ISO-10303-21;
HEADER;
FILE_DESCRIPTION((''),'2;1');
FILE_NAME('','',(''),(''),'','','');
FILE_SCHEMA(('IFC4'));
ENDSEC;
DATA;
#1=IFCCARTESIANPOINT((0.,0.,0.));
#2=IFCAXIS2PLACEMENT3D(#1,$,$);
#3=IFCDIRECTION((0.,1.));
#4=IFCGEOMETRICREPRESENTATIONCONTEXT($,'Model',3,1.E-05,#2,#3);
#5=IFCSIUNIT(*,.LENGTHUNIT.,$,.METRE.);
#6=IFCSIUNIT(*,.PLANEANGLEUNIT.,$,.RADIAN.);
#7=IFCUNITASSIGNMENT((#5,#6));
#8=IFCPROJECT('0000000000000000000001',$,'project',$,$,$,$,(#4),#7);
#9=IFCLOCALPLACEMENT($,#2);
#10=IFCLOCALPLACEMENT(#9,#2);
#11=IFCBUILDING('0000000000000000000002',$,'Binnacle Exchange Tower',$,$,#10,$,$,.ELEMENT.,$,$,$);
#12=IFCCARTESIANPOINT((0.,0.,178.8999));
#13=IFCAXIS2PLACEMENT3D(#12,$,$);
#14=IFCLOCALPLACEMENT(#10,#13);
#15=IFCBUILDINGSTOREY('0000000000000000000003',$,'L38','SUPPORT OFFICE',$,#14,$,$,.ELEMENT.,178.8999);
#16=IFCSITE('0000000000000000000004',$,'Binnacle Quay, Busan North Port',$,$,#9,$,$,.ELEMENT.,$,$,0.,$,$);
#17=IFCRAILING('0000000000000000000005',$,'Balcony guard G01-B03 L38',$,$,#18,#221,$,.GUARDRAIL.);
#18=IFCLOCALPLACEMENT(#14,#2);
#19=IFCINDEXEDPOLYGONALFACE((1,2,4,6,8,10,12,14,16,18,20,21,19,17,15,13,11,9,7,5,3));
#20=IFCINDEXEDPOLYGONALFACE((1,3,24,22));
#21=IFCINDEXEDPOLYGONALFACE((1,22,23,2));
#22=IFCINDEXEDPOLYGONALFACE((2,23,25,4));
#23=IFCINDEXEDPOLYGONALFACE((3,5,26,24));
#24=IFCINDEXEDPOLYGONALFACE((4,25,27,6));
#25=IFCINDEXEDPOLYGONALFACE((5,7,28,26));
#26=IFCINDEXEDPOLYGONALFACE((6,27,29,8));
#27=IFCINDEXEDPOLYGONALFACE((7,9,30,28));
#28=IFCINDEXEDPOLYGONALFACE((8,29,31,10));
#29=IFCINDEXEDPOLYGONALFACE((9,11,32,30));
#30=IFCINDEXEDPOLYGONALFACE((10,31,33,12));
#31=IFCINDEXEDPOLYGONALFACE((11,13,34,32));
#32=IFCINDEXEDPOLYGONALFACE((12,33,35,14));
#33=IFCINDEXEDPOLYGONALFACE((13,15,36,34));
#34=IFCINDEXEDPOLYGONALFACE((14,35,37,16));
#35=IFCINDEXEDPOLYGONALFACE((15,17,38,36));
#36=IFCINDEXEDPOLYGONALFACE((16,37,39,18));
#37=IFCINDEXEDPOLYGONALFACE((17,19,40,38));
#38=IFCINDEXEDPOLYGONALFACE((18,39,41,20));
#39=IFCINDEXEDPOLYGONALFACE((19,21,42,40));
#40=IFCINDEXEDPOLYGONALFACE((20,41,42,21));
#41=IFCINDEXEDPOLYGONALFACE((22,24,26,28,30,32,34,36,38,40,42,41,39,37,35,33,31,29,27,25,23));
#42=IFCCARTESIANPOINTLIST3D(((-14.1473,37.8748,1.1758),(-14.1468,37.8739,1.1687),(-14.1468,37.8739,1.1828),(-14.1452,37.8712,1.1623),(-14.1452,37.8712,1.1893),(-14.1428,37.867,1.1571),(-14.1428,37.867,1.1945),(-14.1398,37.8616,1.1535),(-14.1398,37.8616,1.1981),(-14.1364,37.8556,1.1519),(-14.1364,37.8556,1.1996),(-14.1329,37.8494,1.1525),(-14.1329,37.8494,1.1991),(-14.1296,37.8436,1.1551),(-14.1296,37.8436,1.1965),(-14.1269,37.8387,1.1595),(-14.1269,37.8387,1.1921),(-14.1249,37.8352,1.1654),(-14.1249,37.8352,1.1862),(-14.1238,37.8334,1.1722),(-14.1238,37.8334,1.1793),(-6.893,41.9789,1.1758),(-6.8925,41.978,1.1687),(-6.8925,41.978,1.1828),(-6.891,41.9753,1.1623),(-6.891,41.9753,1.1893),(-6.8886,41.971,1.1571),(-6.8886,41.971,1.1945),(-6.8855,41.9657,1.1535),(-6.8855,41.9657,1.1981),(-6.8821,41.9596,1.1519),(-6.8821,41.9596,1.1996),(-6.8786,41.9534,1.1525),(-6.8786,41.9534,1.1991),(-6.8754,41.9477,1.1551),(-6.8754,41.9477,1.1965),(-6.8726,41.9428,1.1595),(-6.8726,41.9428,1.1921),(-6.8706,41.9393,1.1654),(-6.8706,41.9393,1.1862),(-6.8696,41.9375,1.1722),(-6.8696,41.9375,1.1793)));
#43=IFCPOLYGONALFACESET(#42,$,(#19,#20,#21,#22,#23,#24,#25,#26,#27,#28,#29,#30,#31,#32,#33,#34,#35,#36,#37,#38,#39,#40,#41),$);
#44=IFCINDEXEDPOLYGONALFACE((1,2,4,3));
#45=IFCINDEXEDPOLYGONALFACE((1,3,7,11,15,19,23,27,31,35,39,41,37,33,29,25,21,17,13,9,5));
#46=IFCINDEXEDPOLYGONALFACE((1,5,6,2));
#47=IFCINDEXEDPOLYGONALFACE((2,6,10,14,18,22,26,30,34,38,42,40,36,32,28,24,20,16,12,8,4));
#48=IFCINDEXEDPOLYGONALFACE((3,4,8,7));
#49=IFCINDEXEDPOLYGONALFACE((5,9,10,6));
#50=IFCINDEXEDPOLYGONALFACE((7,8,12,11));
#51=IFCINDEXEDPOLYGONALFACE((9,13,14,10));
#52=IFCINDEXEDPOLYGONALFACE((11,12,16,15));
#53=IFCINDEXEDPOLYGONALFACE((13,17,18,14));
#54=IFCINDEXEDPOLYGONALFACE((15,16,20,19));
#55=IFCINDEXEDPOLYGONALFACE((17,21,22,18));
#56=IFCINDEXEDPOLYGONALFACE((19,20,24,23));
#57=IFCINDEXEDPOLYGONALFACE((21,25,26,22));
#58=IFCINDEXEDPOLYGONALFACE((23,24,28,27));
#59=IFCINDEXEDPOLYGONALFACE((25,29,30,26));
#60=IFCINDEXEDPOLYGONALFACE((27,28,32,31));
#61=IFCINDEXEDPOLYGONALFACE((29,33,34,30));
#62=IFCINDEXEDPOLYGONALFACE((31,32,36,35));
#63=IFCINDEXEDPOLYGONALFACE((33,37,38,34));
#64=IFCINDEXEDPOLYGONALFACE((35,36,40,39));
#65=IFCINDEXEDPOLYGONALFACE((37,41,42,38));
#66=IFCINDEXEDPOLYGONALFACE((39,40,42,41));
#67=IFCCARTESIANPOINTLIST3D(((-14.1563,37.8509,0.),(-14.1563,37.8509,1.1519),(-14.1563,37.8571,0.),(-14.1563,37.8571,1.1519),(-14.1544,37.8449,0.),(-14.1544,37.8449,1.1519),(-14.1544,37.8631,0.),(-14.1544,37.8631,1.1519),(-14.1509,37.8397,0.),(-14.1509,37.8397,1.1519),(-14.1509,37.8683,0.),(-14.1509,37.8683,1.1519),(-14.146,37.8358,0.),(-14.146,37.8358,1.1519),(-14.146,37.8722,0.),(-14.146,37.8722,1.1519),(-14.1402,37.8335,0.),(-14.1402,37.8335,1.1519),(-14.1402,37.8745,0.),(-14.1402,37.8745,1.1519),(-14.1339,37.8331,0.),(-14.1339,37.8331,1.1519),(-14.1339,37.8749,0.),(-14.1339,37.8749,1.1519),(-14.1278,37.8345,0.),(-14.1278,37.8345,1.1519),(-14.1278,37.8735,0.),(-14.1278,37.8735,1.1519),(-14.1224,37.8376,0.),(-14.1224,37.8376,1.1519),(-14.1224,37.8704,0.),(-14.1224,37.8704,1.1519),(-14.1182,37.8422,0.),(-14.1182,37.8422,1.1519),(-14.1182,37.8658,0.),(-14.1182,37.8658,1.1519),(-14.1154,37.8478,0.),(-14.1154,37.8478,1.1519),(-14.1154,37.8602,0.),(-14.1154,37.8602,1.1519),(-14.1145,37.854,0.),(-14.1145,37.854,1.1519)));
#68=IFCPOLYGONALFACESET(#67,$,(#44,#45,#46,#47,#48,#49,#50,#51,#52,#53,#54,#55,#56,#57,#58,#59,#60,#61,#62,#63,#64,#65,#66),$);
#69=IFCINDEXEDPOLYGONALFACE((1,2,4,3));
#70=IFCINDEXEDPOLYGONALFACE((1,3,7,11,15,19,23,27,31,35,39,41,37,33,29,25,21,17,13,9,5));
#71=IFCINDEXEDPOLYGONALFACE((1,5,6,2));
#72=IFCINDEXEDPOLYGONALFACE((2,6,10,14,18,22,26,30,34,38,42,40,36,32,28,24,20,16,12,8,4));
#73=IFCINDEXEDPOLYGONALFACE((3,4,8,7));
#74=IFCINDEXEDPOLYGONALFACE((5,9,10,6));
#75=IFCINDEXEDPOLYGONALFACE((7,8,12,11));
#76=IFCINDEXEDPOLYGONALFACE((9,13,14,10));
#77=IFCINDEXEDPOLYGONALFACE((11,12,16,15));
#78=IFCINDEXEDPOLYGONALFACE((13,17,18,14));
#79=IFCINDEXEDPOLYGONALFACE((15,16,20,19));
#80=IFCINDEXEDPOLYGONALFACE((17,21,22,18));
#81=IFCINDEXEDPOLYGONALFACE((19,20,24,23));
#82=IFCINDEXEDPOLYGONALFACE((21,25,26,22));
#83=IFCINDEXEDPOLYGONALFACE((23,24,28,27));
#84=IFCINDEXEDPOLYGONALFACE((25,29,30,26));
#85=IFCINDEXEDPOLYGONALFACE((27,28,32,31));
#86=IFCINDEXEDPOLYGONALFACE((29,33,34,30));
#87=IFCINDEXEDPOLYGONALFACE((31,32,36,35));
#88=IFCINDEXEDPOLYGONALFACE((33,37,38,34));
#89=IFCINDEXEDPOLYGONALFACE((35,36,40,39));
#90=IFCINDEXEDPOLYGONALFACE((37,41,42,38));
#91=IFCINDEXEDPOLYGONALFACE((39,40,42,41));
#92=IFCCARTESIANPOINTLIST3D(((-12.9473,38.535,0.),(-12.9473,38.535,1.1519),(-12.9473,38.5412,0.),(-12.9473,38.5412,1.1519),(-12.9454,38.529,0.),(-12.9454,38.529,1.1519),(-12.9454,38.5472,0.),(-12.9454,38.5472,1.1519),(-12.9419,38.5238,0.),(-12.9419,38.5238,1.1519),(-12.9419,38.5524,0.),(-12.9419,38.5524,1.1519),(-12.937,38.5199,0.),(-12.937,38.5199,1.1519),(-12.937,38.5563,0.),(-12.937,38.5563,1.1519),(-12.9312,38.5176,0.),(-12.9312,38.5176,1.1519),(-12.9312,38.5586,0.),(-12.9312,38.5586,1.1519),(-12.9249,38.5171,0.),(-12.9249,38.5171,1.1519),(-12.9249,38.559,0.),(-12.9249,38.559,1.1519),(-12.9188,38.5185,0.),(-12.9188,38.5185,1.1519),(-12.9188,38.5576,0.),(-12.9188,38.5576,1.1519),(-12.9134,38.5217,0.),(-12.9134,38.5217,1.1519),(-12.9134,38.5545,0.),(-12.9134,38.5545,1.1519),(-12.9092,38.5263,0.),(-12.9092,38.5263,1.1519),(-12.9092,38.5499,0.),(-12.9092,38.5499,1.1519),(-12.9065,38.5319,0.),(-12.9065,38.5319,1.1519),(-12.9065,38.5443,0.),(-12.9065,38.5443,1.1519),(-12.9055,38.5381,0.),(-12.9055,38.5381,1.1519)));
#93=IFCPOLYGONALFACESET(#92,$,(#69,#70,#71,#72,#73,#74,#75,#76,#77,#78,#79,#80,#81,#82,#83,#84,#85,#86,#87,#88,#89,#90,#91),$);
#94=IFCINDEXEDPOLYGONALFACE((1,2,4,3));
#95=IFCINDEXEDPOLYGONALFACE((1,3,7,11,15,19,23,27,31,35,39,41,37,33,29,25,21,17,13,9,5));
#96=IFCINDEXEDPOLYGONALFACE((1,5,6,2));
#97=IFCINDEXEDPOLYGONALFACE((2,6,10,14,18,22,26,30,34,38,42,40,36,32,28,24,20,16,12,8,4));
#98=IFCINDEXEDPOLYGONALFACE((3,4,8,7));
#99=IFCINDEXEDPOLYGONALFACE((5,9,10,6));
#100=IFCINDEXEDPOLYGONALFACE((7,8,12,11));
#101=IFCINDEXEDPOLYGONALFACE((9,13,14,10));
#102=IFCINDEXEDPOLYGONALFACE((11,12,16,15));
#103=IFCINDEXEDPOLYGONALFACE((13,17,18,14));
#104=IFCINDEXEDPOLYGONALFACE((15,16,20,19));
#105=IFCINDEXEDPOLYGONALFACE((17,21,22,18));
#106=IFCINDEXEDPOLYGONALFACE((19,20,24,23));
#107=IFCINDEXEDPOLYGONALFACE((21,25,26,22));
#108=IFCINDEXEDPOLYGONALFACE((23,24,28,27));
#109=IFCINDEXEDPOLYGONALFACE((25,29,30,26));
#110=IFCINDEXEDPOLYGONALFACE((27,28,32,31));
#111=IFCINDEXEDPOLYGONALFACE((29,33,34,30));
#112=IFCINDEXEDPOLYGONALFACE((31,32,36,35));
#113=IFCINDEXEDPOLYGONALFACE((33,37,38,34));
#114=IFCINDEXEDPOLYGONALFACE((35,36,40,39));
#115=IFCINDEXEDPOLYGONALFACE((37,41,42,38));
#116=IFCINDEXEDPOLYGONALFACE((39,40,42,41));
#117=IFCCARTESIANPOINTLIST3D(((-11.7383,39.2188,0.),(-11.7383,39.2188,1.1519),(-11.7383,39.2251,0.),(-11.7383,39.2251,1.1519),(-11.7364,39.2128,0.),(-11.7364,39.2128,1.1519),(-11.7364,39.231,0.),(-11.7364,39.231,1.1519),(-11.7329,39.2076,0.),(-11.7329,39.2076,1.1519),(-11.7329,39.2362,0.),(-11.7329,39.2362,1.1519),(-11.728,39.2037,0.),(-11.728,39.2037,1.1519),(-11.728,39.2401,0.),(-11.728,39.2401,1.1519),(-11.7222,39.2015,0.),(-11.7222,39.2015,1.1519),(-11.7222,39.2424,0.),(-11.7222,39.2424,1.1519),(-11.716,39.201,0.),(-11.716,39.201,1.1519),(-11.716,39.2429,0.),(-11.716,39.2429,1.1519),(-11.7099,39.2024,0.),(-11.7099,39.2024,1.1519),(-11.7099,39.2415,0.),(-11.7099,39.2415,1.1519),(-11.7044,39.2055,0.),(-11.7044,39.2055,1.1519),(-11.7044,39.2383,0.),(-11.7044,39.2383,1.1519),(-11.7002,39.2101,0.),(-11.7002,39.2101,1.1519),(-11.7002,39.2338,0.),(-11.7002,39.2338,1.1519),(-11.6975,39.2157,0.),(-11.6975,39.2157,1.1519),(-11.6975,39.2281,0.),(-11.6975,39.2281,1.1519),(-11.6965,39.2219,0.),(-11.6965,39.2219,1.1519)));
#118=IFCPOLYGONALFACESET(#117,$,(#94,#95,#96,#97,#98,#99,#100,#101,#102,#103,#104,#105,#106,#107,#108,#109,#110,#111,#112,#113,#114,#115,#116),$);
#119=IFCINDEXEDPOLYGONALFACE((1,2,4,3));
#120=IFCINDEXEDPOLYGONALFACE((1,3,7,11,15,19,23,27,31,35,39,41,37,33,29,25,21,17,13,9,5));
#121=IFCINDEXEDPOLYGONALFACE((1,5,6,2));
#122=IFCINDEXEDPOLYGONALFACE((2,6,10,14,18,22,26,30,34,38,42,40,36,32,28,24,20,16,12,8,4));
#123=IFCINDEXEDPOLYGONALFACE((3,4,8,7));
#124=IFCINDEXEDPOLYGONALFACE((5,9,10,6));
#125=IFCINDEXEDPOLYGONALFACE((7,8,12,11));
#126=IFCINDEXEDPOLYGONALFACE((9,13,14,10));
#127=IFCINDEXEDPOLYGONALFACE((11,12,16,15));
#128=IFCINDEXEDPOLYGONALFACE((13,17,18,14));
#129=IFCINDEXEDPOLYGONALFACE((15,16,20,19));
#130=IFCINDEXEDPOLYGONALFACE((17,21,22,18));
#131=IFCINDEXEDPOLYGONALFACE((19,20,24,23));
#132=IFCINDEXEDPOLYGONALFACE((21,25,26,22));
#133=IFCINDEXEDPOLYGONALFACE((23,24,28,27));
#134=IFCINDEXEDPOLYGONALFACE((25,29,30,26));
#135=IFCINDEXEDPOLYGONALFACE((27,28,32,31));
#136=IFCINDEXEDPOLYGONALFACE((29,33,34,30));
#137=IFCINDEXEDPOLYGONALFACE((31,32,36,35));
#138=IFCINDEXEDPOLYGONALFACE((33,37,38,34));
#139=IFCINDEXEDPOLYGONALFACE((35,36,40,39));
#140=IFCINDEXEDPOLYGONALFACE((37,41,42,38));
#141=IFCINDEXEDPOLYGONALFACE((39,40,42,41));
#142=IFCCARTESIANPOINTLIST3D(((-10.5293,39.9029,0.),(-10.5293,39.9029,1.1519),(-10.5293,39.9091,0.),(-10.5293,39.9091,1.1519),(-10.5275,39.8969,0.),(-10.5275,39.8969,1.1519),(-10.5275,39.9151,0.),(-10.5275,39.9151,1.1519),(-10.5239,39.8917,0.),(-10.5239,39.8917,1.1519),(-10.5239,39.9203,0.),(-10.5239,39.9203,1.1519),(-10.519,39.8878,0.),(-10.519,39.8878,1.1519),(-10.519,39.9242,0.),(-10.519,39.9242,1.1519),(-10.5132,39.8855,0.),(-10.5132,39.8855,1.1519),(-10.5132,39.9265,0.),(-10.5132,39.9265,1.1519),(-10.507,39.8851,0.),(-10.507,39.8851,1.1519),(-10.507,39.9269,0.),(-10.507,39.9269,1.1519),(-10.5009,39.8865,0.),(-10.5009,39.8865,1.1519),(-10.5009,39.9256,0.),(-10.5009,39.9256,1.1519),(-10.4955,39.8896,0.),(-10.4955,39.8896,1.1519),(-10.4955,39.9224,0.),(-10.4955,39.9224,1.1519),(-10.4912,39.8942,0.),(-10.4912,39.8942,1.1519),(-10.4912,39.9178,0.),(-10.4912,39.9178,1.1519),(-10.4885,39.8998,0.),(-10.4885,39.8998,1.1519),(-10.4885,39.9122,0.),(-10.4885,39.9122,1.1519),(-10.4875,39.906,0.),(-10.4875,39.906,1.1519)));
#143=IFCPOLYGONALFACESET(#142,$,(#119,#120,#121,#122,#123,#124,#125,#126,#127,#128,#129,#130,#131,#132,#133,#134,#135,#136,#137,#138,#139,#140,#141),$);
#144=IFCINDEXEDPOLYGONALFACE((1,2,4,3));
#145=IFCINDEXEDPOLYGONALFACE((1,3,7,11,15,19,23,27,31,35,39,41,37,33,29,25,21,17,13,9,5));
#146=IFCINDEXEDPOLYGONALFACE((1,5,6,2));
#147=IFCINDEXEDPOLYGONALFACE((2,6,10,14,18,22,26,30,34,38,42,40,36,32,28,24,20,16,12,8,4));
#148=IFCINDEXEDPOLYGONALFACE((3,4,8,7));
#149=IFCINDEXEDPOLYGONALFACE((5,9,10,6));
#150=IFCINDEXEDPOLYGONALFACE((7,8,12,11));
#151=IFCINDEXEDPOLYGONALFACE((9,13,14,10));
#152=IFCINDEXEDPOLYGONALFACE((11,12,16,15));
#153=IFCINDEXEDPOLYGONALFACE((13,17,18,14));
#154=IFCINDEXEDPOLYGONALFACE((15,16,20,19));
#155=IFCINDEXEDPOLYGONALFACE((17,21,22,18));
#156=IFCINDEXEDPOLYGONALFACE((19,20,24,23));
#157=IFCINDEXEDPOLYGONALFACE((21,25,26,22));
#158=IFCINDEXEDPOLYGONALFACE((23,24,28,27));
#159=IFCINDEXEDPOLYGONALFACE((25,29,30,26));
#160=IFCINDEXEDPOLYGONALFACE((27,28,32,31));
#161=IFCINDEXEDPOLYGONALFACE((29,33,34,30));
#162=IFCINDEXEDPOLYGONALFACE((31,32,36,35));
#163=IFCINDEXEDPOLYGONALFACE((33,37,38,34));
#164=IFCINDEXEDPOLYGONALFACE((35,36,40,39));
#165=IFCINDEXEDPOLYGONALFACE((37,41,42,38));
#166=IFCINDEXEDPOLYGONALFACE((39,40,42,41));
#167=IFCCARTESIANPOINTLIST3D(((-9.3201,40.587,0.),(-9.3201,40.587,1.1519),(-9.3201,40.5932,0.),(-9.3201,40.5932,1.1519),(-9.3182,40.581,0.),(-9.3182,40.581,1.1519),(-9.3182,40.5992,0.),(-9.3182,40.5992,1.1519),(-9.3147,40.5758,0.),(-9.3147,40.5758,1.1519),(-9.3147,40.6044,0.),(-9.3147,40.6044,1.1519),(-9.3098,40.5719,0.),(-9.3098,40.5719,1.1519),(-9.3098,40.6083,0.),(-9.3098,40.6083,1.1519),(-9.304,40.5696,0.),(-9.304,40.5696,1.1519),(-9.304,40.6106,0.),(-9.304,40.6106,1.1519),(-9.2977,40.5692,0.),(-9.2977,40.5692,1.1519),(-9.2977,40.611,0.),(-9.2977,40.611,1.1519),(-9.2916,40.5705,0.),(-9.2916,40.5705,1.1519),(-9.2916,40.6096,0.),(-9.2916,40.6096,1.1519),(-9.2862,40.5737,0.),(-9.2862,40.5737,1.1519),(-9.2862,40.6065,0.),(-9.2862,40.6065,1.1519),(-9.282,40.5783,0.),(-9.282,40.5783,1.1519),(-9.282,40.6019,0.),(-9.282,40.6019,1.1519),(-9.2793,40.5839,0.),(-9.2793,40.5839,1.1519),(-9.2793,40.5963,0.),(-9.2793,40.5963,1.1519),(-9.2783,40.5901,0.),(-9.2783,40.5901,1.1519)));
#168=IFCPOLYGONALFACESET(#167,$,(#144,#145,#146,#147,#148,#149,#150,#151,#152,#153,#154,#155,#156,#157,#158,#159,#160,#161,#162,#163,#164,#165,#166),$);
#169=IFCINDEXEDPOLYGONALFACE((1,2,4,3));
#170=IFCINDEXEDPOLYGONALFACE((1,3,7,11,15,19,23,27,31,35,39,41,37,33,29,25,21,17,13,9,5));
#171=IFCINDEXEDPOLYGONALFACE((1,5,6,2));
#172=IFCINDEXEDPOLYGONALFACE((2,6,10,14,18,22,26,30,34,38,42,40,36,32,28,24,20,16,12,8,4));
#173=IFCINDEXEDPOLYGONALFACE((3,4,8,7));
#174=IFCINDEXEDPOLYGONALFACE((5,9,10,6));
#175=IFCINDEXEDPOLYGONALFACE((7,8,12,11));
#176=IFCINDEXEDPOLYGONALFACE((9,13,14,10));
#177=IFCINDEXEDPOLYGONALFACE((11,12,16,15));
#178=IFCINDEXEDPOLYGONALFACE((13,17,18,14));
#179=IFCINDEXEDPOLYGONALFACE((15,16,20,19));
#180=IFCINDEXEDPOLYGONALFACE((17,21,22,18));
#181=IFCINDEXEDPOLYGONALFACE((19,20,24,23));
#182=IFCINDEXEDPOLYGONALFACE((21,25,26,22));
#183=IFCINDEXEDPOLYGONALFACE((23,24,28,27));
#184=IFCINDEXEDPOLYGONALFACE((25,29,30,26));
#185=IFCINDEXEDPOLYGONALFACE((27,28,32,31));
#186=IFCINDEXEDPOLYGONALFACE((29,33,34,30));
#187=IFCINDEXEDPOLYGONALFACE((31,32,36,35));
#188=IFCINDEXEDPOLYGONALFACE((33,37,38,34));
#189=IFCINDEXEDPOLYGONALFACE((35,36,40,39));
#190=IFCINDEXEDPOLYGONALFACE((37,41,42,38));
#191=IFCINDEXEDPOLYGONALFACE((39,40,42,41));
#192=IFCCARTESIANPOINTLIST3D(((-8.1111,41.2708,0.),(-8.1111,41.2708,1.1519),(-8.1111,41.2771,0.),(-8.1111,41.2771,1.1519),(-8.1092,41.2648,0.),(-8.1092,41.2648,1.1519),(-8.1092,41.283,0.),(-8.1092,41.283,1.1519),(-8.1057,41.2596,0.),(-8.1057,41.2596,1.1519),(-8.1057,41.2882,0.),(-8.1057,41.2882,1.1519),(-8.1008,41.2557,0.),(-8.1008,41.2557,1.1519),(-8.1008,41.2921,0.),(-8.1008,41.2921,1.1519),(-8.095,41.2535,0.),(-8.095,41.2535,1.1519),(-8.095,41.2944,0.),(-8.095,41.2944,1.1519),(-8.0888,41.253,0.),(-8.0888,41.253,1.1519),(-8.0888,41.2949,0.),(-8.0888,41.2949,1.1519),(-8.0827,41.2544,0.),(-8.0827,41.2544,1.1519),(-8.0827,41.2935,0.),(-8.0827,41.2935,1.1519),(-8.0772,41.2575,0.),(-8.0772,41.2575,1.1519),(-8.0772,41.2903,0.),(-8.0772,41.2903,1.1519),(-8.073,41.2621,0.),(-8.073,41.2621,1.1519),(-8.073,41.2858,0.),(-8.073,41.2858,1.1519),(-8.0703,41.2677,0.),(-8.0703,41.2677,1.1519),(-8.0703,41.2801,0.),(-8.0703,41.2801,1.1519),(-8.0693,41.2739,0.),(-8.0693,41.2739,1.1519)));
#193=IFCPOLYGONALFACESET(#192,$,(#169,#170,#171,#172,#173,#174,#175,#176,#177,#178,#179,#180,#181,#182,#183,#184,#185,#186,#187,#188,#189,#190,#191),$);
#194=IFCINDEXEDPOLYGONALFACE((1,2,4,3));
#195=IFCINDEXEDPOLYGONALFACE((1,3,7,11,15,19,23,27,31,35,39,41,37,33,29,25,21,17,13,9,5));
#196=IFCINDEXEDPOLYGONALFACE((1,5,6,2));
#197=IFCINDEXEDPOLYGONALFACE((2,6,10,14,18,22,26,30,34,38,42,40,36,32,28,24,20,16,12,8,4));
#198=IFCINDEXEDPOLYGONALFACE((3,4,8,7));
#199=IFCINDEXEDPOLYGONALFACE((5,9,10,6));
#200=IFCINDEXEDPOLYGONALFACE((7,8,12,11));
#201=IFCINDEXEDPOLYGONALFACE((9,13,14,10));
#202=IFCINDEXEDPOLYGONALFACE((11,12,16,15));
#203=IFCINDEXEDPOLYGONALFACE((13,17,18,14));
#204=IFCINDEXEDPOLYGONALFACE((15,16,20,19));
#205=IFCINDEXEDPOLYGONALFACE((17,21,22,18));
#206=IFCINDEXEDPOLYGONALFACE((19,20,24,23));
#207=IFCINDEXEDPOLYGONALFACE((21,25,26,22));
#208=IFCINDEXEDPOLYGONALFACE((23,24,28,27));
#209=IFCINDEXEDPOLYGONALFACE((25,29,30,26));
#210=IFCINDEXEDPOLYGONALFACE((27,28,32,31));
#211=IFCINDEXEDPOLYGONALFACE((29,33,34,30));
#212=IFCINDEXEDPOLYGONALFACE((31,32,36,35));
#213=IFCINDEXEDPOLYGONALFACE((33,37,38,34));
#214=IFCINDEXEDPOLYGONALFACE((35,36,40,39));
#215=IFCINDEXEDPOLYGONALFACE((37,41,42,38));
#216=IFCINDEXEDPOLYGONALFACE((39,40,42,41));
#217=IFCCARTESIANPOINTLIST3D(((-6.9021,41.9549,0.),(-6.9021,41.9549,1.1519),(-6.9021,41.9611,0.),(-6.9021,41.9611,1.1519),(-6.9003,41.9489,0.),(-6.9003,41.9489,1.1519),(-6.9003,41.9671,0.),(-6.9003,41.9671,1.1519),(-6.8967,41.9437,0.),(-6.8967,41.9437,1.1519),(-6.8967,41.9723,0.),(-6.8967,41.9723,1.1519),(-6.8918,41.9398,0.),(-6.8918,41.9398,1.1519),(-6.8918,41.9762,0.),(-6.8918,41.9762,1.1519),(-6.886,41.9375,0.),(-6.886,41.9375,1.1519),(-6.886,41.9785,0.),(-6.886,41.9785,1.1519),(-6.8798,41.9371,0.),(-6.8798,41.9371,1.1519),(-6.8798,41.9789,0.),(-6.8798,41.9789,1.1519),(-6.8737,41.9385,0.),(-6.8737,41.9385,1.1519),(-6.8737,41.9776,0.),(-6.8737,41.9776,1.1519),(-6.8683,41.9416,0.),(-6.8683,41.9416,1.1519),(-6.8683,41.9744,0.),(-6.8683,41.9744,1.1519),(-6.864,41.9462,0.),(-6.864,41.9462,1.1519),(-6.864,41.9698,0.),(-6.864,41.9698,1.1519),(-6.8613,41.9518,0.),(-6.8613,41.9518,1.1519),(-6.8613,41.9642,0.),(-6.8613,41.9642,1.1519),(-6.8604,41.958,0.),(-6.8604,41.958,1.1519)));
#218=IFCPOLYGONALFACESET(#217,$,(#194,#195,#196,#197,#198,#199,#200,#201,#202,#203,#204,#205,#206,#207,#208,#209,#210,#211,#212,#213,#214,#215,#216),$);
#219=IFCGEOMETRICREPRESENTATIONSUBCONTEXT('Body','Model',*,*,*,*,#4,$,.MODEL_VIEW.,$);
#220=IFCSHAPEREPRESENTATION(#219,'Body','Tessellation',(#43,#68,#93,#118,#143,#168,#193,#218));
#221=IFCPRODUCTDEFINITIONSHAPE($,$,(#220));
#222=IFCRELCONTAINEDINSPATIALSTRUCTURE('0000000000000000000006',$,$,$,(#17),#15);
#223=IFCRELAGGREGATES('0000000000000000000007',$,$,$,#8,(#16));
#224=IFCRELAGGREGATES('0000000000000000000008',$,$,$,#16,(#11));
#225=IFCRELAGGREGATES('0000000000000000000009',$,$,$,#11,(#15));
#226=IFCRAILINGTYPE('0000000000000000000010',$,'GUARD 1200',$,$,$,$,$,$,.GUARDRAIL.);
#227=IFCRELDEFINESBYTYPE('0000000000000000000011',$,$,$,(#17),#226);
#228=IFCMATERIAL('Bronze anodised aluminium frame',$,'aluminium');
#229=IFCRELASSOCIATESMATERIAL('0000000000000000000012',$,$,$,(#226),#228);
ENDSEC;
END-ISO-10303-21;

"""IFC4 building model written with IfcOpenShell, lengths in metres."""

from ifc_helpers import new_model, si_unit, direction, frame, origin, origin_2d, place, context, subcontext, project, spatial, circle, extrude, material, type_object, element, save


model = new_model("IFC4")

# Units and contexts
model_context = context("Model", 3, precision=1e-05, world=origin(), true_north=direction((0.0, 1.0)))
body_context = subcontext(model_context, "Body", "Model", "MODEL_VIEW")
ifc_project = project(units=[si_unit("LENGTHUNIT", "METRE"), si_unit("PLANEANGLEUNIT", "RADIAN")], contexts=[model_context])

# Site, building, storey
site_placement = place(None, origin())
site = spatial("IfcSite", under=ifc_project, at=site_placement, Name="Binnacle Quay, Busan North Port", CompositionType="ELEMENT", RefElevation=0.0)
building_placement = place(site_placement, origin())
building = spatial("IfcBuilding", under=site, at=building_placement, Name="Binnacle Exchange Tower", CompositionType="ELEMENT")
storey_placement = place(building_placement, frame((0.0, 0.0, 178.8999)))
storey = spatial("IfcBuildingStorey", under=building, at=storey_placement, Name="L38", Description="SUPPORT OFFICE", CompositionType="ELEMENT", Elevation=178.8999)

# Railing
ifc_material_1 = material(Name="Bronze anodised aluminium frame", Category="aluminium")
railing_type_1 = type_object("IfcRailingType", Name="GUARD 1200", PredefinedType="GUARDRAIL", material=ifc_material_1)
railing_1_placement = place(storey_placement, frame((-14.1355, 37.854, 0.0)))
element("IfcRailing", 1, at=railing_1_placement, inside=storey, type_object=railing_type_1, Name="Balcony guard G01-B03 L38", PredefinedType="GUARDRAIL", context=body_context, shape_type="SweptSolid", body=[
    extrude(circle(Radius=0.0239, at=origin_2d()), frame((0.0, 0.0, 1.1758), z_axis=(0.870366, 0.492406, 0.0), x_axis=(-0.492406, 0.870366, 0.0)), (0.0, 0.0, 1.0), 8.3347),
    extrude(circle(Radius=0.021, at=origin_2d()), origin(), (0.0, 0.0, 1.0), 1.1519),
    extrude(circle(Radius=0.021, at=origin_2d()), frame((1.209, 0.6841, 0.0)), (0.0, 0.0, 1.0), 1.1519),
    extrude(circle(Radius=0.021, at=origin_2d()), frame((2.418, 1.3679, 0.0)), (0.0, 0.0, 1.0), 1.1519),
    extrude(circle(Radius=0.021, at=origin_2d()), frame((3.627, 2.052, 0.0)), (0.0, 0.0, 1.0), 1.1519),
    extrude(circle(Radius=0.021, at=origin_2d()), frame((4.8362, 2.7361, 0.0)), (0.0, 0.0, 1.0), 1.1519),
    extrude(circle(Radius=0.021, at=origin_2d()), frame((6.0452, 3.4199, 0.0)), (0.0, 0.0, 1.0), 1.1519),
    extrude(circle(Radius=0.021, at=origin_2d()), frame((7.2542, 4.104, 0.0)), (0.0, 0.0, 1.0), 1.1519),
])

save(model, "model.ifc")
